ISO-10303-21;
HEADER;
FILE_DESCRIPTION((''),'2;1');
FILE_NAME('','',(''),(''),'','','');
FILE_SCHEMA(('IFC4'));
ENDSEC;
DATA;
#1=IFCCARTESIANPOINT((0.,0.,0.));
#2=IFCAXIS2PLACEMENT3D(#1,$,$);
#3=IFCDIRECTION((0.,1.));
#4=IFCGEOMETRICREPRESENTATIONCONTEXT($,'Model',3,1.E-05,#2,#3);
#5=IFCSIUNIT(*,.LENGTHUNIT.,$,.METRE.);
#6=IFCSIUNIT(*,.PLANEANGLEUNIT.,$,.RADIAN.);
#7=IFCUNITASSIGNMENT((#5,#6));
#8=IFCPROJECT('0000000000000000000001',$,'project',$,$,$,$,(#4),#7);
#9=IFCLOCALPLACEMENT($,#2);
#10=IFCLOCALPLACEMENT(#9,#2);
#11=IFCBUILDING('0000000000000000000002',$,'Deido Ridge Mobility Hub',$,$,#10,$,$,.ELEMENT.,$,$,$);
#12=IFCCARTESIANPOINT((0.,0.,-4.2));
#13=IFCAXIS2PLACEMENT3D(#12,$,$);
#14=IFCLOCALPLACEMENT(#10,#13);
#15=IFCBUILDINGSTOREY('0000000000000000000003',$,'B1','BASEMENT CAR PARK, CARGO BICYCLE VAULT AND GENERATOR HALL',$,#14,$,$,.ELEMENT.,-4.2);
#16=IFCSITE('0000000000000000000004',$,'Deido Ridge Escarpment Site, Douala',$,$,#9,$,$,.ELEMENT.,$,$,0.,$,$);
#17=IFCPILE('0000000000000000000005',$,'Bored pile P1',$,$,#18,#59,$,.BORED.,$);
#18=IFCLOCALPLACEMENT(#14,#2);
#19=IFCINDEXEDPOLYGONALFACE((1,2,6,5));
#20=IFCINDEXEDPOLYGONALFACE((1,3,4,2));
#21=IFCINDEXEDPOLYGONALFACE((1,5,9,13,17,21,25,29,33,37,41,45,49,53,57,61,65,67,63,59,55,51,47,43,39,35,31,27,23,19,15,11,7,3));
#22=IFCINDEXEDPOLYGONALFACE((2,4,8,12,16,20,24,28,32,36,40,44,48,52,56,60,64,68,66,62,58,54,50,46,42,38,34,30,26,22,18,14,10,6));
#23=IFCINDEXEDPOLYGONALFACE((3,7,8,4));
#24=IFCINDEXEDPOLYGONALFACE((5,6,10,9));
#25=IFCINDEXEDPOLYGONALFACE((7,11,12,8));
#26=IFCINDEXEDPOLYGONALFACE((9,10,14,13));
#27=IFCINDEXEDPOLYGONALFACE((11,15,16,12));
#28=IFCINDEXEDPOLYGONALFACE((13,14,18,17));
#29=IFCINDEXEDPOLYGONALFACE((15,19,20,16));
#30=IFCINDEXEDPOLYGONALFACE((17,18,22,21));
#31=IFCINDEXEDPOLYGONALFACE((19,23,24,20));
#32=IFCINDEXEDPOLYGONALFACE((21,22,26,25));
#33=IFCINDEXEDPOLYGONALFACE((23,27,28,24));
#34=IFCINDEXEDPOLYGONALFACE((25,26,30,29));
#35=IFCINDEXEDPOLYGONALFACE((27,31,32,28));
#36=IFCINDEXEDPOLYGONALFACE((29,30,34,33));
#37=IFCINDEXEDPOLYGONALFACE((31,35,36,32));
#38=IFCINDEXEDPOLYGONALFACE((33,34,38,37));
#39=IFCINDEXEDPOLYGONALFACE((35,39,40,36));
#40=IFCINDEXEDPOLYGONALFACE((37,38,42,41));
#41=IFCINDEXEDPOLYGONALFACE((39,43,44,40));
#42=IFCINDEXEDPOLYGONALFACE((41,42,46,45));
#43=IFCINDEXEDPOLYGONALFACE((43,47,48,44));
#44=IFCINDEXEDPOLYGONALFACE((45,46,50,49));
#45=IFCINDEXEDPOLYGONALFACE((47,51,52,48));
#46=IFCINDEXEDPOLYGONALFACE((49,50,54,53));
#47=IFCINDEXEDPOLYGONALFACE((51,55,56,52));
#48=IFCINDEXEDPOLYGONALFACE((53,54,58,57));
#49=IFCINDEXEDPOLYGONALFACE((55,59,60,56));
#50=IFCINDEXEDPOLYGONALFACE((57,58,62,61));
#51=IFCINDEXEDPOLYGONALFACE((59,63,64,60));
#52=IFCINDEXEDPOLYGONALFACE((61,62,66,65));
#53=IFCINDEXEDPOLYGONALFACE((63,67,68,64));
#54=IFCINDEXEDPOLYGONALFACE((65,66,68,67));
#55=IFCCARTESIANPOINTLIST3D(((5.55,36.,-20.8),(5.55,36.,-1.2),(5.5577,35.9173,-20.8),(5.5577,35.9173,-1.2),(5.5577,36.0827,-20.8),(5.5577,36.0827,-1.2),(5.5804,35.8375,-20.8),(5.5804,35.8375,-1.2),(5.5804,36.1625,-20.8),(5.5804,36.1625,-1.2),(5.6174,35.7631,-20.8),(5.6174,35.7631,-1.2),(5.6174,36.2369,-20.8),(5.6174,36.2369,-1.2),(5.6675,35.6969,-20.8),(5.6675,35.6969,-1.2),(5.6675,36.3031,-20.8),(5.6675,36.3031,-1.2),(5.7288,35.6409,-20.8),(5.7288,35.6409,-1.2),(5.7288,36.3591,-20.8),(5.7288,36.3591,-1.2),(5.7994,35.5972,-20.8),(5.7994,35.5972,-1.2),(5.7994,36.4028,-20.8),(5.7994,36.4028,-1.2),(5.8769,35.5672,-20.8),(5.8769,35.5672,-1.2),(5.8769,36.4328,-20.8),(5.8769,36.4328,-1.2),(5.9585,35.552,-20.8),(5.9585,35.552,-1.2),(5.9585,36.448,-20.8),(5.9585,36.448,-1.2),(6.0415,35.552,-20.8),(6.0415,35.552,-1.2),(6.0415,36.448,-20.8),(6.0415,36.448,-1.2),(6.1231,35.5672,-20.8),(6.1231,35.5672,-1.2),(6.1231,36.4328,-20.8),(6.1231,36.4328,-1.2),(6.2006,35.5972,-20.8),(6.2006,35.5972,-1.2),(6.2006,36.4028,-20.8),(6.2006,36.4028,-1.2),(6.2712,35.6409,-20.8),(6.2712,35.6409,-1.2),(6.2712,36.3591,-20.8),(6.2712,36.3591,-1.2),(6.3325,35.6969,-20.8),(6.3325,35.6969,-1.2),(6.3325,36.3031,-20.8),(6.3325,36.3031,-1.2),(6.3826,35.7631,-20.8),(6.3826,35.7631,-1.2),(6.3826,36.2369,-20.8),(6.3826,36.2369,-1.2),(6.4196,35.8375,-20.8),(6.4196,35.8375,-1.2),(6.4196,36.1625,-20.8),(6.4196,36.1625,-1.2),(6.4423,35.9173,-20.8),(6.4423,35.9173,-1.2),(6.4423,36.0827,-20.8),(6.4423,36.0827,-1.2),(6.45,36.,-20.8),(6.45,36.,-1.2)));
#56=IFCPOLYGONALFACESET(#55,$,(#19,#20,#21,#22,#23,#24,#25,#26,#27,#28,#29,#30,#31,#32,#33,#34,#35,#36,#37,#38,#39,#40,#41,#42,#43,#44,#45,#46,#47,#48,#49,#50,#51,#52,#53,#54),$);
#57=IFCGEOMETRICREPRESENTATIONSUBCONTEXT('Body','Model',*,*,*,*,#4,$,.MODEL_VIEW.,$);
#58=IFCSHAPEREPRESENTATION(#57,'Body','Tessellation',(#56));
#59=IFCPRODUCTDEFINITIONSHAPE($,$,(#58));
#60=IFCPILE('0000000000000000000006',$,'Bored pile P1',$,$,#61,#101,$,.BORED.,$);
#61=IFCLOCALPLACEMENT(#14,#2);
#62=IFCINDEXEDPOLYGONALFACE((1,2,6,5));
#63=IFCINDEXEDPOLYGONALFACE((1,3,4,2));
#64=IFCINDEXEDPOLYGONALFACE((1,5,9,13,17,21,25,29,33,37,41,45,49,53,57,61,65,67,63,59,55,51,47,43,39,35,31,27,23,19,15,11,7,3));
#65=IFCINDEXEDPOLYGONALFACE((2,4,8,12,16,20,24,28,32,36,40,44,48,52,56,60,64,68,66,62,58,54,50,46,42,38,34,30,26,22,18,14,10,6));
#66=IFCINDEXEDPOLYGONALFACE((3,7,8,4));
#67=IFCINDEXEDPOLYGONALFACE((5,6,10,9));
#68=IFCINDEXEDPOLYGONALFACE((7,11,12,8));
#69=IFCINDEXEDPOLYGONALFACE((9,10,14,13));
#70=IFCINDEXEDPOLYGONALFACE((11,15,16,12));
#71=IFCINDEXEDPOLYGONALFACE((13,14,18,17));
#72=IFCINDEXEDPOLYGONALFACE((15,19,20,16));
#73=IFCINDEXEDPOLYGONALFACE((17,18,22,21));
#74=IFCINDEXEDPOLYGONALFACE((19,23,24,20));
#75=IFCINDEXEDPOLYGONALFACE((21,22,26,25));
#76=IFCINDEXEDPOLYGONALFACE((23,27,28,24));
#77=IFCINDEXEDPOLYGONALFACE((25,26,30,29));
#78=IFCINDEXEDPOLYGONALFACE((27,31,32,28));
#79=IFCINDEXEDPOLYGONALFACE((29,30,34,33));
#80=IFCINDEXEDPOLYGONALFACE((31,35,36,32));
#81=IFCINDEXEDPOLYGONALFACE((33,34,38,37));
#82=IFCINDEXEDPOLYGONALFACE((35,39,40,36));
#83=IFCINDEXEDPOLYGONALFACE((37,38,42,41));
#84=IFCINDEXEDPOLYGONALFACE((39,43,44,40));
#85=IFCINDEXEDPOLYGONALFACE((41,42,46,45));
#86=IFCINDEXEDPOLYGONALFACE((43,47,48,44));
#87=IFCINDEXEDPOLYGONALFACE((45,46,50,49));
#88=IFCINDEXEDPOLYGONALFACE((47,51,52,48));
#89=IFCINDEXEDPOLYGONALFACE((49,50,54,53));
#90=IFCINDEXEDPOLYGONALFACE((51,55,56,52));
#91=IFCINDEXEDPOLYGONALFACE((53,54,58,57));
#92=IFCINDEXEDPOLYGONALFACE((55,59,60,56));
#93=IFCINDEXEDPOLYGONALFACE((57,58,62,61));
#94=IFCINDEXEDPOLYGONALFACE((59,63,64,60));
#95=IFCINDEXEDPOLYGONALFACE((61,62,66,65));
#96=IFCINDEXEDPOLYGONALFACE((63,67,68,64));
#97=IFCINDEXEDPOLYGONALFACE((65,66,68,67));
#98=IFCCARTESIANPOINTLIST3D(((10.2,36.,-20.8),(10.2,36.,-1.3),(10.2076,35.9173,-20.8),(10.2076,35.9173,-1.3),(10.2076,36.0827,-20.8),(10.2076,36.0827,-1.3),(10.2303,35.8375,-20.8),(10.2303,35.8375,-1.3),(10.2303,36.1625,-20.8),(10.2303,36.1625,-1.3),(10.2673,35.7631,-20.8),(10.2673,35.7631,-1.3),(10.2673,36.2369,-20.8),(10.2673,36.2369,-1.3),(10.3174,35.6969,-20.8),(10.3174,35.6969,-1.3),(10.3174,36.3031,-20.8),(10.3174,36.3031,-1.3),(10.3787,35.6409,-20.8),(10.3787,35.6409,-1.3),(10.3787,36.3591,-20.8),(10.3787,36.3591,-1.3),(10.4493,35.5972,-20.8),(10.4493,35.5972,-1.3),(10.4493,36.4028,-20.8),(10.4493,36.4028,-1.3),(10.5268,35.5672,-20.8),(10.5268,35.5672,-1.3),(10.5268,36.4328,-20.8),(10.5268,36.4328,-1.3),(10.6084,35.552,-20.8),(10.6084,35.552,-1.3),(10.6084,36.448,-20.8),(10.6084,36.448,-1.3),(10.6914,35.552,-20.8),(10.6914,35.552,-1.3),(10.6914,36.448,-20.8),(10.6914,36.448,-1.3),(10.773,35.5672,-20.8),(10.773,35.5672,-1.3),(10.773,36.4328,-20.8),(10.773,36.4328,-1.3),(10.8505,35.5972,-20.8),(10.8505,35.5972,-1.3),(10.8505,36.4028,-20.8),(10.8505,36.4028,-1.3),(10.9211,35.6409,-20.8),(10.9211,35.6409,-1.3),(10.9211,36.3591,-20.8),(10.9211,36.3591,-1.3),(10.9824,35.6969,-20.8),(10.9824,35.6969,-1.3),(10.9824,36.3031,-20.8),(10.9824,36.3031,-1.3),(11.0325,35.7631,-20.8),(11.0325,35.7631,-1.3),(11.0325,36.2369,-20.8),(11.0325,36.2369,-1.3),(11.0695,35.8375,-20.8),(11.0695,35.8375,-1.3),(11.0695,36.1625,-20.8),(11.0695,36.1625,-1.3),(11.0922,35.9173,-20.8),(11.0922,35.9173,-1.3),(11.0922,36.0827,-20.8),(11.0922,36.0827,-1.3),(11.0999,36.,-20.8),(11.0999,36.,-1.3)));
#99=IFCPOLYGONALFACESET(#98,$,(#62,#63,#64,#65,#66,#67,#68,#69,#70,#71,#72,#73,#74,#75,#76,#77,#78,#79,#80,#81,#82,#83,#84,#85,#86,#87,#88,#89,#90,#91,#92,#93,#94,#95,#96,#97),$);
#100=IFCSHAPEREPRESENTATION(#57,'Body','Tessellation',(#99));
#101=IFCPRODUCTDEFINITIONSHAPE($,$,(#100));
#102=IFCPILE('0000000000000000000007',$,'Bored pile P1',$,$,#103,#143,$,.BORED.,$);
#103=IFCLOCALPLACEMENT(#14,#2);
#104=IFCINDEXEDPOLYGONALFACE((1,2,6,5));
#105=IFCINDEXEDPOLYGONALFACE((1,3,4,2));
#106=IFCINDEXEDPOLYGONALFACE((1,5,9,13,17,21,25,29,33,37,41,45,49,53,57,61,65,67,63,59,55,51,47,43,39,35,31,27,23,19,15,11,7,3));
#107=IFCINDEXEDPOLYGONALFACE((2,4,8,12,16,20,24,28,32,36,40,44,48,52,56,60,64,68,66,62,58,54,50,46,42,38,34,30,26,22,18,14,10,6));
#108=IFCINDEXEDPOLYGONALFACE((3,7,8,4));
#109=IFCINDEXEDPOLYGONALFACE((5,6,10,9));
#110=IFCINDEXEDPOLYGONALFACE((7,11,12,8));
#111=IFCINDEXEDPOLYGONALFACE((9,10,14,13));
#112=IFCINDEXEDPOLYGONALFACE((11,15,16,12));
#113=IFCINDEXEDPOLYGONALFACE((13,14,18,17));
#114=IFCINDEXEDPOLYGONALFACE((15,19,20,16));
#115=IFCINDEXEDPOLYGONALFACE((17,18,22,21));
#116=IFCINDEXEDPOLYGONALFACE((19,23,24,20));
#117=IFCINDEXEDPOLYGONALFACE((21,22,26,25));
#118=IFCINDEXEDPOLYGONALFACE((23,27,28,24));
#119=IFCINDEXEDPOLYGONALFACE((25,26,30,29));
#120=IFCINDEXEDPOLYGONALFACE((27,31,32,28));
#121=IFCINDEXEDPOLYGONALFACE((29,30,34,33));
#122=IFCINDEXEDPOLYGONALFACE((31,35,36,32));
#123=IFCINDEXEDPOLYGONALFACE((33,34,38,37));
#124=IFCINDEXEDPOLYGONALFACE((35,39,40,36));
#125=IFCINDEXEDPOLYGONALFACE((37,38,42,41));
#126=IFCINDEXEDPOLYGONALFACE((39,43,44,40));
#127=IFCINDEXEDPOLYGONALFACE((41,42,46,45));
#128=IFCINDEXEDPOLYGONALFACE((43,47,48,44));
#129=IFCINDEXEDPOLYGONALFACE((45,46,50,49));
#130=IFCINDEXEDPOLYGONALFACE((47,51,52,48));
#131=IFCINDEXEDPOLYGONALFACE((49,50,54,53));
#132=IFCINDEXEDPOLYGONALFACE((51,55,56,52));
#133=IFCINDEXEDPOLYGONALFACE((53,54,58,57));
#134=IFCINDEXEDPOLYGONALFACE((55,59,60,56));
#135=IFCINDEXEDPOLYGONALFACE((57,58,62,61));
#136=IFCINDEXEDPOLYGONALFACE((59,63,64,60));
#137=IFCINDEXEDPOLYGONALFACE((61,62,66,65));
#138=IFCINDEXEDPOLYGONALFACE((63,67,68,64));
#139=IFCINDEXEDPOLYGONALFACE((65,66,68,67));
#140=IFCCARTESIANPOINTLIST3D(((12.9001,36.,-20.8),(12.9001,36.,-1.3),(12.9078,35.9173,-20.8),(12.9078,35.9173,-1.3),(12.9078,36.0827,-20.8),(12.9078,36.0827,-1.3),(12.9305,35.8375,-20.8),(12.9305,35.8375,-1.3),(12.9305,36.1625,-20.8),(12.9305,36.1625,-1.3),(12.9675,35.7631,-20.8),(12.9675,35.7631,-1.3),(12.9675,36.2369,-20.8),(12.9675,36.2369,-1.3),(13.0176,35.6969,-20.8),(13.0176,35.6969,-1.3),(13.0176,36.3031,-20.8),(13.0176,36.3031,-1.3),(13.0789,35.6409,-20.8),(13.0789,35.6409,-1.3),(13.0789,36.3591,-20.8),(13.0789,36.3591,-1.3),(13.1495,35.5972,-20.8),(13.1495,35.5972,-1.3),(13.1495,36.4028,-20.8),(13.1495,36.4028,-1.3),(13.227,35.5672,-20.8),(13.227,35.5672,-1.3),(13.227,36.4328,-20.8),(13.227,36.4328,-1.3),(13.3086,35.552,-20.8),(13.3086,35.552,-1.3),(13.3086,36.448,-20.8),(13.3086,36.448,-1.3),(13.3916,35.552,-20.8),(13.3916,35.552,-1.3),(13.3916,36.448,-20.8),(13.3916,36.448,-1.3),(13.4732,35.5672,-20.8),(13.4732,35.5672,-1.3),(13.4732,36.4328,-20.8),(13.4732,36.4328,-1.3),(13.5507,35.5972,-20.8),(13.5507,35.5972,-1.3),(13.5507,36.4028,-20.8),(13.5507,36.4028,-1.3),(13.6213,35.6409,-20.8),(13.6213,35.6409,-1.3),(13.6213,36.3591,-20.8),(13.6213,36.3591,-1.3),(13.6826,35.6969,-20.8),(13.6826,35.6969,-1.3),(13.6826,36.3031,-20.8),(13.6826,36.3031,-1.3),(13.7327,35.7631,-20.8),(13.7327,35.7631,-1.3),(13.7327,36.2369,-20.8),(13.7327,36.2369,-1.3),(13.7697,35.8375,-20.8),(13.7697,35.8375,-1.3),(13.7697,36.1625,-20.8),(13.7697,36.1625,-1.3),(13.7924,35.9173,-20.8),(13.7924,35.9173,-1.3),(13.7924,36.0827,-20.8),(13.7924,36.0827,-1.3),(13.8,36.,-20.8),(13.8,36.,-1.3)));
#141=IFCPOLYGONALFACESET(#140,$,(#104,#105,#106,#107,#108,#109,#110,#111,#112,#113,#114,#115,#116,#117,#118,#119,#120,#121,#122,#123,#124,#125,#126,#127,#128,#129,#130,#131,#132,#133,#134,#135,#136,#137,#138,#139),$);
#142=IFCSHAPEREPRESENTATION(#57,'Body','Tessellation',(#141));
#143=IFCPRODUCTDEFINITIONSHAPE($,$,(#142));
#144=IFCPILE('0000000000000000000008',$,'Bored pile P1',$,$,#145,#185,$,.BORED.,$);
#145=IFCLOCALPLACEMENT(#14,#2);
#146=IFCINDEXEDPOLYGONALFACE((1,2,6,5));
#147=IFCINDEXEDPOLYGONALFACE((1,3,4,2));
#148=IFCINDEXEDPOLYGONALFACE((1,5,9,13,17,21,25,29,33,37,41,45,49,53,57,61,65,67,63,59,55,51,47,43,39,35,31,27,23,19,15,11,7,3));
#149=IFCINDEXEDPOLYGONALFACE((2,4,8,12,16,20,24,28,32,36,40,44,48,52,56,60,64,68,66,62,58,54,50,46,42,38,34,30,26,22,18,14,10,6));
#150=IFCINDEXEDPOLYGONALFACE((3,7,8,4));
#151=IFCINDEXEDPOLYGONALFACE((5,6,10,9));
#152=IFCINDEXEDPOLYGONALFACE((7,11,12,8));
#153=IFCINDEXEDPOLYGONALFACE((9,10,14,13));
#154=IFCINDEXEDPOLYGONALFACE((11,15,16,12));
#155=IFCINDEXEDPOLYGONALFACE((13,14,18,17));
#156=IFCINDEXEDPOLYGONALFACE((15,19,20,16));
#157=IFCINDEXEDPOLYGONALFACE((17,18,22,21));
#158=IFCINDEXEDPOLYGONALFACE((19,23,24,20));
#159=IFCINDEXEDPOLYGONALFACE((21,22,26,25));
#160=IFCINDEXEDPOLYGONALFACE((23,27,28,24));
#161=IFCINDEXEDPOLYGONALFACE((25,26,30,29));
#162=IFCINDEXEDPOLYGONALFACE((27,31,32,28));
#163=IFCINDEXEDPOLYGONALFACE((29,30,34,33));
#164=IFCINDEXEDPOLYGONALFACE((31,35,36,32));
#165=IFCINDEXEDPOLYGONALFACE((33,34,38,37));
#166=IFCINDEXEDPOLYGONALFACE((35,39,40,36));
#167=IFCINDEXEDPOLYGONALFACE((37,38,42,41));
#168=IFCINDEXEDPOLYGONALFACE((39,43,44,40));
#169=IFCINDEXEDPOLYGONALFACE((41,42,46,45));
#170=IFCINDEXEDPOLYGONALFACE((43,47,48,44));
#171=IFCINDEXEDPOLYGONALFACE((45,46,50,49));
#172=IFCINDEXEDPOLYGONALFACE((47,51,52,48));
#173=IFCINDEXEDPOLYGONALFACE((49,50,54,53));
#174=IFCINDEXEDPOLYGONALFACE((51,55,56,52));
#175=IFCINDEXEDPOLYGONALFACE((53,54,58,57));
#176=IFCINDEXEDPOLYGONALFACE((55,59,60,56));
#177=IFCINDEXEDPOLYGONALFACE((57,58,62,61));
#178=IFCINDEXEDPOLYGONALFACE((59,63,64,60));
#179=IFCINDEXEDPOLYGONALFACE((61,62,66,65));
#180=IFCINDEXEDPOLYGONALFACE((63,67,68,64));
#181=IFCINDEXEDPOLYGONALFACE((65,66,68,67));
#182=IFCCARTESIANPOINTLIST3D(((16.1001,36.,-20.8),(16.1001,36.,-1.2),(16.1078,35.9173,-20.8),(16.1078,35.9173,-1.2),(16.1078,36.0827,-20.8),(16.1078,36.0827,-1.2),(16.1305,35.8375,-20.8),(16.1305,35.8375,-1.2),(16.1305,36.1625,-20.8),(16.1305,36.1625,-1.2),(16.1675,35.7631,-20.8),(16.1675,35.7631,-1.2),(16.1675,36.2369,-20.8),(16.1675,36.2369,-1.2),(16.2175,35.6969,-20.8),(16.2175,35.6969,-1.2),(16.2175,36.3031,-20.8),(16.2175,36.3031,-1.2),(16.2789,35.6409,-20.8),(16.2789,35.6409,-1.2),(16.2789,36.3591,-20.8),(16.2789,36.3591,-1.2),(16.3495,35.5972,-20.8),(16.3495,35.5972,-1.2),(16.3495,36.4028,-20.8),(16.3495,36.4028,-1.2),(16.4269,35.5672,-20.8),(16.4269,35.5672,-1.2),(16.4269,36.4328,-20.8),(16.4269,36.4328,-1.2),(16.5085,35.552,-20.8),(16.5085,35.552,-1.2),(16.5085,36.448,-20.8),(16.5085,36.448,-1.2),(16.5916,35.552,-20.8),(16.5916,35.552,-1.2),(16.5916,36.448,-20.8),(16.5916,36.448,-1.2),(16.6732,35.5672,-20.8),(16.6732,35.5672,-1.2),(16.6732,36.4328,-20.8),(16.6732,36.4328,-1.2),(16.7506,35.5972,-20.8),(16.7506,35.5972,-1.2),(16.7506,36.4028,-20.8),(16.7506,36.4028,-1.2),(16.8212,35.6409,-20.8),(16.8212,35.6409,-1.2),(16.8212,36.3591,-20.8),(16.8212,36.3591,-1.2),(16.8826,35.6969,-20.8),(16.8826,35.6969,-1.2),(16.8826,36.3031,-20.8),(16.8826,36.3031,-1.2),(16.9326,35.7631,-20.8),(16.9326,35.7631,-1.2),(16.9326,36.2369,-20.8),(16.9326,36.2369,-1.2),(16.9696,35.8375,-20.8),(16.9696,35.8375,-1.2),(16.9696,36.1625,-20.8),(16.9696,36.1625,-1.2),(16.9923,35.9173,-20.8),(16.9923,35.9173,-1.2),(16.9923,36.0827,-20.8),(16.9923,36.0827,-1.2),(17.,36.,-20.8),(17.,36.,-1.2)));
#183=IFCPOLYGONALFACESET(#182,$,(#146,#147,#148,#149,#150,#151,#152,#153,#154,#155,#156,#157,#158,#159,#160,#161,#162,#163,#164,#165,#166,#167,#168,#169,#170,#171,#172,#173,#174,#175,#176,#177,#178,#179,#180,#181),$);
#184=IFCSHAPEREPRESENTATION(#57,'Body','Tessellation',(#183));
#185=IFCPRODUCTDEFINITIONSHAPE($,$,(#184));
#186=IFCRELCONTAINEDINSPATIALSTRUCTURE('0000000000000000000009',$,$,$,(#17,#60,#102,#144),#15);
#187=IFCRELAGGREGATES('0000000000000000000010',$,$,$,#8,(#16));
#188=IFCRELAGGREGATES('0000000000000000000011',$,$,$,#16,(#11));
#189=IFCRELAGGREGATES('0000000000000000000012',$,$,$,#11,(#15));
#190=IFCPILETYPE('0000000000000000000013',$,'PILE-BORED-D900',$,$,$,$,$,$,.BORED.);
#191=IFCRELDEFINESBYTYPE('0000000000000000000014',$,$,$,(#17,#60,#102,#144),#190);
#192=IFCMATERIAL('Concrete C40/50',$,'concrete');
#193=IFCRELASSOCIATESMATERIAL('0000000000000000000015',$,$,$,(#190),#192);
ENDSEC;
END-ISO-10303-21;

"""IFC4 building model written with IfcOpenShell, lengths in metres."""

from ifc_helpers import new_model, si_unit, direction, frame, origin, origin_2d, place, context, subcontext, project, spatial, circle, extrude, material, material_profile, profile_set, type_object, element, save


model = new_model("IFC4")

# Units and contexts
model_context = context("Model", 3, precision=1e-05, world=origin(), true_north=direction((0.0, 1.0)))
body_context = subcontext(model_context, "Body", "Model", "MODEL_VIEW")
ifc_project = project(units=[si_unit("LENGTHUNIT", "METRE"), si_unit("PLANEANGLEUNIT", "RADIAN")], contexts=[model_context])

# Site, building, storey
site_placement = place(None, origin())
site = spatial("IfcSite", under=ifc_project, at=site_placement, Name="Deido Ridge Escarpment Site, Douala", CompositionType="ELEMENT", RefElevation=0.0)
building_placement = place(site_placement, origin())
building = spatial("IfcBuilding", under=site, at=building_placement, Name="Deido Ridge Mobility Hub", CompositionType="ELEMENT")
storey_placement = place(building_placement, frame((0.0, 0.0, -4.2)))
storey = spatial("IfcBuildingStorey", under=building, at=storey_placement, Name="B1", Description="BASEMENT CAR PARK, CARGO BICYCLE VAULT AND GENERATOR HALL", CompositionType="ELEMENT", Elevation=-4.2)

# Shared definitions
ifc_material_1 = material(Name="Concrete C40/50", Category="concrete")

# Piles
ifc_material_profile_1 = material_profile(ifc_material_1, circle(Radius=0.45, at=origin_2d()), Name="BORED PILE D900")
ifc_profile_set_1 = profile_set([ifc_material_profile_1], Name="Concrete C40/50")
pile_type_1 = type_object("IfcPileType", Name="PILE-BORED-D900", PredefinedType="BORED", material=ifc_profile_set_1)
pile_1_placement = place(storey_placement, frame((6.0, 36.0, -1.2), z_axis=(0.0, 0.0, -1.0), x_axis=(1.0, 0.0, 0.0)))
element("IfcPile", 1, at=pile_1_placement, inside=storey, type_object=pile_type_1, Name="Bored pile P1", PredefinedType="BORED", context=body_context, shape_type="SweptSolid", body=[
    extrude(circle(Radius=0.45, at=origin_2d()), origin(), (0.0, 0.0, 1.0), 19.6001),
])
for number, where, z_axis, x_axis, name in (
    (2, (10.6499, 36.0, -1.3), (0.0, 0.0, -1.0), (1.0, 0.0, 0.0), "Bored pile P1"),
    (3, (13.3501, 36.0, -1.3), (0.0, 0.0, -1.0), (1.0, 0.0, 0.0), "Bored pile P1"),
):
    element("IfcPile", number, at=place(storey_placement, frame(where, z_axis=z_axis, x_axis=x_axis)), inside=storey, type_object=pile_type_1, Name=name, PredefinedType="BORED", context=body_context, shape_type="SweptSolid", body=[
        extrude(circle(Radius=0.45, at=origin_2d()), origin(), (0.0, 0.0, 1.0), 19.5),
    ])
pile_2_placement = place(storey_placement, frame((16.55, 36.0, -1.2), z_axis=(0.0, 0.0, -1.0), x_axis=(1.0, 0.0, 0.0)))
element("IfcPile", 4, at=pile_2_placement, inside=storey, type_object=pile_type_1, Name="Bored pile P1", PredefinedType="BORED", context=body_context, shape_type="SweptSolid", body=[
    extrude(circle(Radius=0.45, at=origin_2d()), origin(), (0.0, 0.0, 1.0), 19.6001),
])

save(model, "model.ifc")
